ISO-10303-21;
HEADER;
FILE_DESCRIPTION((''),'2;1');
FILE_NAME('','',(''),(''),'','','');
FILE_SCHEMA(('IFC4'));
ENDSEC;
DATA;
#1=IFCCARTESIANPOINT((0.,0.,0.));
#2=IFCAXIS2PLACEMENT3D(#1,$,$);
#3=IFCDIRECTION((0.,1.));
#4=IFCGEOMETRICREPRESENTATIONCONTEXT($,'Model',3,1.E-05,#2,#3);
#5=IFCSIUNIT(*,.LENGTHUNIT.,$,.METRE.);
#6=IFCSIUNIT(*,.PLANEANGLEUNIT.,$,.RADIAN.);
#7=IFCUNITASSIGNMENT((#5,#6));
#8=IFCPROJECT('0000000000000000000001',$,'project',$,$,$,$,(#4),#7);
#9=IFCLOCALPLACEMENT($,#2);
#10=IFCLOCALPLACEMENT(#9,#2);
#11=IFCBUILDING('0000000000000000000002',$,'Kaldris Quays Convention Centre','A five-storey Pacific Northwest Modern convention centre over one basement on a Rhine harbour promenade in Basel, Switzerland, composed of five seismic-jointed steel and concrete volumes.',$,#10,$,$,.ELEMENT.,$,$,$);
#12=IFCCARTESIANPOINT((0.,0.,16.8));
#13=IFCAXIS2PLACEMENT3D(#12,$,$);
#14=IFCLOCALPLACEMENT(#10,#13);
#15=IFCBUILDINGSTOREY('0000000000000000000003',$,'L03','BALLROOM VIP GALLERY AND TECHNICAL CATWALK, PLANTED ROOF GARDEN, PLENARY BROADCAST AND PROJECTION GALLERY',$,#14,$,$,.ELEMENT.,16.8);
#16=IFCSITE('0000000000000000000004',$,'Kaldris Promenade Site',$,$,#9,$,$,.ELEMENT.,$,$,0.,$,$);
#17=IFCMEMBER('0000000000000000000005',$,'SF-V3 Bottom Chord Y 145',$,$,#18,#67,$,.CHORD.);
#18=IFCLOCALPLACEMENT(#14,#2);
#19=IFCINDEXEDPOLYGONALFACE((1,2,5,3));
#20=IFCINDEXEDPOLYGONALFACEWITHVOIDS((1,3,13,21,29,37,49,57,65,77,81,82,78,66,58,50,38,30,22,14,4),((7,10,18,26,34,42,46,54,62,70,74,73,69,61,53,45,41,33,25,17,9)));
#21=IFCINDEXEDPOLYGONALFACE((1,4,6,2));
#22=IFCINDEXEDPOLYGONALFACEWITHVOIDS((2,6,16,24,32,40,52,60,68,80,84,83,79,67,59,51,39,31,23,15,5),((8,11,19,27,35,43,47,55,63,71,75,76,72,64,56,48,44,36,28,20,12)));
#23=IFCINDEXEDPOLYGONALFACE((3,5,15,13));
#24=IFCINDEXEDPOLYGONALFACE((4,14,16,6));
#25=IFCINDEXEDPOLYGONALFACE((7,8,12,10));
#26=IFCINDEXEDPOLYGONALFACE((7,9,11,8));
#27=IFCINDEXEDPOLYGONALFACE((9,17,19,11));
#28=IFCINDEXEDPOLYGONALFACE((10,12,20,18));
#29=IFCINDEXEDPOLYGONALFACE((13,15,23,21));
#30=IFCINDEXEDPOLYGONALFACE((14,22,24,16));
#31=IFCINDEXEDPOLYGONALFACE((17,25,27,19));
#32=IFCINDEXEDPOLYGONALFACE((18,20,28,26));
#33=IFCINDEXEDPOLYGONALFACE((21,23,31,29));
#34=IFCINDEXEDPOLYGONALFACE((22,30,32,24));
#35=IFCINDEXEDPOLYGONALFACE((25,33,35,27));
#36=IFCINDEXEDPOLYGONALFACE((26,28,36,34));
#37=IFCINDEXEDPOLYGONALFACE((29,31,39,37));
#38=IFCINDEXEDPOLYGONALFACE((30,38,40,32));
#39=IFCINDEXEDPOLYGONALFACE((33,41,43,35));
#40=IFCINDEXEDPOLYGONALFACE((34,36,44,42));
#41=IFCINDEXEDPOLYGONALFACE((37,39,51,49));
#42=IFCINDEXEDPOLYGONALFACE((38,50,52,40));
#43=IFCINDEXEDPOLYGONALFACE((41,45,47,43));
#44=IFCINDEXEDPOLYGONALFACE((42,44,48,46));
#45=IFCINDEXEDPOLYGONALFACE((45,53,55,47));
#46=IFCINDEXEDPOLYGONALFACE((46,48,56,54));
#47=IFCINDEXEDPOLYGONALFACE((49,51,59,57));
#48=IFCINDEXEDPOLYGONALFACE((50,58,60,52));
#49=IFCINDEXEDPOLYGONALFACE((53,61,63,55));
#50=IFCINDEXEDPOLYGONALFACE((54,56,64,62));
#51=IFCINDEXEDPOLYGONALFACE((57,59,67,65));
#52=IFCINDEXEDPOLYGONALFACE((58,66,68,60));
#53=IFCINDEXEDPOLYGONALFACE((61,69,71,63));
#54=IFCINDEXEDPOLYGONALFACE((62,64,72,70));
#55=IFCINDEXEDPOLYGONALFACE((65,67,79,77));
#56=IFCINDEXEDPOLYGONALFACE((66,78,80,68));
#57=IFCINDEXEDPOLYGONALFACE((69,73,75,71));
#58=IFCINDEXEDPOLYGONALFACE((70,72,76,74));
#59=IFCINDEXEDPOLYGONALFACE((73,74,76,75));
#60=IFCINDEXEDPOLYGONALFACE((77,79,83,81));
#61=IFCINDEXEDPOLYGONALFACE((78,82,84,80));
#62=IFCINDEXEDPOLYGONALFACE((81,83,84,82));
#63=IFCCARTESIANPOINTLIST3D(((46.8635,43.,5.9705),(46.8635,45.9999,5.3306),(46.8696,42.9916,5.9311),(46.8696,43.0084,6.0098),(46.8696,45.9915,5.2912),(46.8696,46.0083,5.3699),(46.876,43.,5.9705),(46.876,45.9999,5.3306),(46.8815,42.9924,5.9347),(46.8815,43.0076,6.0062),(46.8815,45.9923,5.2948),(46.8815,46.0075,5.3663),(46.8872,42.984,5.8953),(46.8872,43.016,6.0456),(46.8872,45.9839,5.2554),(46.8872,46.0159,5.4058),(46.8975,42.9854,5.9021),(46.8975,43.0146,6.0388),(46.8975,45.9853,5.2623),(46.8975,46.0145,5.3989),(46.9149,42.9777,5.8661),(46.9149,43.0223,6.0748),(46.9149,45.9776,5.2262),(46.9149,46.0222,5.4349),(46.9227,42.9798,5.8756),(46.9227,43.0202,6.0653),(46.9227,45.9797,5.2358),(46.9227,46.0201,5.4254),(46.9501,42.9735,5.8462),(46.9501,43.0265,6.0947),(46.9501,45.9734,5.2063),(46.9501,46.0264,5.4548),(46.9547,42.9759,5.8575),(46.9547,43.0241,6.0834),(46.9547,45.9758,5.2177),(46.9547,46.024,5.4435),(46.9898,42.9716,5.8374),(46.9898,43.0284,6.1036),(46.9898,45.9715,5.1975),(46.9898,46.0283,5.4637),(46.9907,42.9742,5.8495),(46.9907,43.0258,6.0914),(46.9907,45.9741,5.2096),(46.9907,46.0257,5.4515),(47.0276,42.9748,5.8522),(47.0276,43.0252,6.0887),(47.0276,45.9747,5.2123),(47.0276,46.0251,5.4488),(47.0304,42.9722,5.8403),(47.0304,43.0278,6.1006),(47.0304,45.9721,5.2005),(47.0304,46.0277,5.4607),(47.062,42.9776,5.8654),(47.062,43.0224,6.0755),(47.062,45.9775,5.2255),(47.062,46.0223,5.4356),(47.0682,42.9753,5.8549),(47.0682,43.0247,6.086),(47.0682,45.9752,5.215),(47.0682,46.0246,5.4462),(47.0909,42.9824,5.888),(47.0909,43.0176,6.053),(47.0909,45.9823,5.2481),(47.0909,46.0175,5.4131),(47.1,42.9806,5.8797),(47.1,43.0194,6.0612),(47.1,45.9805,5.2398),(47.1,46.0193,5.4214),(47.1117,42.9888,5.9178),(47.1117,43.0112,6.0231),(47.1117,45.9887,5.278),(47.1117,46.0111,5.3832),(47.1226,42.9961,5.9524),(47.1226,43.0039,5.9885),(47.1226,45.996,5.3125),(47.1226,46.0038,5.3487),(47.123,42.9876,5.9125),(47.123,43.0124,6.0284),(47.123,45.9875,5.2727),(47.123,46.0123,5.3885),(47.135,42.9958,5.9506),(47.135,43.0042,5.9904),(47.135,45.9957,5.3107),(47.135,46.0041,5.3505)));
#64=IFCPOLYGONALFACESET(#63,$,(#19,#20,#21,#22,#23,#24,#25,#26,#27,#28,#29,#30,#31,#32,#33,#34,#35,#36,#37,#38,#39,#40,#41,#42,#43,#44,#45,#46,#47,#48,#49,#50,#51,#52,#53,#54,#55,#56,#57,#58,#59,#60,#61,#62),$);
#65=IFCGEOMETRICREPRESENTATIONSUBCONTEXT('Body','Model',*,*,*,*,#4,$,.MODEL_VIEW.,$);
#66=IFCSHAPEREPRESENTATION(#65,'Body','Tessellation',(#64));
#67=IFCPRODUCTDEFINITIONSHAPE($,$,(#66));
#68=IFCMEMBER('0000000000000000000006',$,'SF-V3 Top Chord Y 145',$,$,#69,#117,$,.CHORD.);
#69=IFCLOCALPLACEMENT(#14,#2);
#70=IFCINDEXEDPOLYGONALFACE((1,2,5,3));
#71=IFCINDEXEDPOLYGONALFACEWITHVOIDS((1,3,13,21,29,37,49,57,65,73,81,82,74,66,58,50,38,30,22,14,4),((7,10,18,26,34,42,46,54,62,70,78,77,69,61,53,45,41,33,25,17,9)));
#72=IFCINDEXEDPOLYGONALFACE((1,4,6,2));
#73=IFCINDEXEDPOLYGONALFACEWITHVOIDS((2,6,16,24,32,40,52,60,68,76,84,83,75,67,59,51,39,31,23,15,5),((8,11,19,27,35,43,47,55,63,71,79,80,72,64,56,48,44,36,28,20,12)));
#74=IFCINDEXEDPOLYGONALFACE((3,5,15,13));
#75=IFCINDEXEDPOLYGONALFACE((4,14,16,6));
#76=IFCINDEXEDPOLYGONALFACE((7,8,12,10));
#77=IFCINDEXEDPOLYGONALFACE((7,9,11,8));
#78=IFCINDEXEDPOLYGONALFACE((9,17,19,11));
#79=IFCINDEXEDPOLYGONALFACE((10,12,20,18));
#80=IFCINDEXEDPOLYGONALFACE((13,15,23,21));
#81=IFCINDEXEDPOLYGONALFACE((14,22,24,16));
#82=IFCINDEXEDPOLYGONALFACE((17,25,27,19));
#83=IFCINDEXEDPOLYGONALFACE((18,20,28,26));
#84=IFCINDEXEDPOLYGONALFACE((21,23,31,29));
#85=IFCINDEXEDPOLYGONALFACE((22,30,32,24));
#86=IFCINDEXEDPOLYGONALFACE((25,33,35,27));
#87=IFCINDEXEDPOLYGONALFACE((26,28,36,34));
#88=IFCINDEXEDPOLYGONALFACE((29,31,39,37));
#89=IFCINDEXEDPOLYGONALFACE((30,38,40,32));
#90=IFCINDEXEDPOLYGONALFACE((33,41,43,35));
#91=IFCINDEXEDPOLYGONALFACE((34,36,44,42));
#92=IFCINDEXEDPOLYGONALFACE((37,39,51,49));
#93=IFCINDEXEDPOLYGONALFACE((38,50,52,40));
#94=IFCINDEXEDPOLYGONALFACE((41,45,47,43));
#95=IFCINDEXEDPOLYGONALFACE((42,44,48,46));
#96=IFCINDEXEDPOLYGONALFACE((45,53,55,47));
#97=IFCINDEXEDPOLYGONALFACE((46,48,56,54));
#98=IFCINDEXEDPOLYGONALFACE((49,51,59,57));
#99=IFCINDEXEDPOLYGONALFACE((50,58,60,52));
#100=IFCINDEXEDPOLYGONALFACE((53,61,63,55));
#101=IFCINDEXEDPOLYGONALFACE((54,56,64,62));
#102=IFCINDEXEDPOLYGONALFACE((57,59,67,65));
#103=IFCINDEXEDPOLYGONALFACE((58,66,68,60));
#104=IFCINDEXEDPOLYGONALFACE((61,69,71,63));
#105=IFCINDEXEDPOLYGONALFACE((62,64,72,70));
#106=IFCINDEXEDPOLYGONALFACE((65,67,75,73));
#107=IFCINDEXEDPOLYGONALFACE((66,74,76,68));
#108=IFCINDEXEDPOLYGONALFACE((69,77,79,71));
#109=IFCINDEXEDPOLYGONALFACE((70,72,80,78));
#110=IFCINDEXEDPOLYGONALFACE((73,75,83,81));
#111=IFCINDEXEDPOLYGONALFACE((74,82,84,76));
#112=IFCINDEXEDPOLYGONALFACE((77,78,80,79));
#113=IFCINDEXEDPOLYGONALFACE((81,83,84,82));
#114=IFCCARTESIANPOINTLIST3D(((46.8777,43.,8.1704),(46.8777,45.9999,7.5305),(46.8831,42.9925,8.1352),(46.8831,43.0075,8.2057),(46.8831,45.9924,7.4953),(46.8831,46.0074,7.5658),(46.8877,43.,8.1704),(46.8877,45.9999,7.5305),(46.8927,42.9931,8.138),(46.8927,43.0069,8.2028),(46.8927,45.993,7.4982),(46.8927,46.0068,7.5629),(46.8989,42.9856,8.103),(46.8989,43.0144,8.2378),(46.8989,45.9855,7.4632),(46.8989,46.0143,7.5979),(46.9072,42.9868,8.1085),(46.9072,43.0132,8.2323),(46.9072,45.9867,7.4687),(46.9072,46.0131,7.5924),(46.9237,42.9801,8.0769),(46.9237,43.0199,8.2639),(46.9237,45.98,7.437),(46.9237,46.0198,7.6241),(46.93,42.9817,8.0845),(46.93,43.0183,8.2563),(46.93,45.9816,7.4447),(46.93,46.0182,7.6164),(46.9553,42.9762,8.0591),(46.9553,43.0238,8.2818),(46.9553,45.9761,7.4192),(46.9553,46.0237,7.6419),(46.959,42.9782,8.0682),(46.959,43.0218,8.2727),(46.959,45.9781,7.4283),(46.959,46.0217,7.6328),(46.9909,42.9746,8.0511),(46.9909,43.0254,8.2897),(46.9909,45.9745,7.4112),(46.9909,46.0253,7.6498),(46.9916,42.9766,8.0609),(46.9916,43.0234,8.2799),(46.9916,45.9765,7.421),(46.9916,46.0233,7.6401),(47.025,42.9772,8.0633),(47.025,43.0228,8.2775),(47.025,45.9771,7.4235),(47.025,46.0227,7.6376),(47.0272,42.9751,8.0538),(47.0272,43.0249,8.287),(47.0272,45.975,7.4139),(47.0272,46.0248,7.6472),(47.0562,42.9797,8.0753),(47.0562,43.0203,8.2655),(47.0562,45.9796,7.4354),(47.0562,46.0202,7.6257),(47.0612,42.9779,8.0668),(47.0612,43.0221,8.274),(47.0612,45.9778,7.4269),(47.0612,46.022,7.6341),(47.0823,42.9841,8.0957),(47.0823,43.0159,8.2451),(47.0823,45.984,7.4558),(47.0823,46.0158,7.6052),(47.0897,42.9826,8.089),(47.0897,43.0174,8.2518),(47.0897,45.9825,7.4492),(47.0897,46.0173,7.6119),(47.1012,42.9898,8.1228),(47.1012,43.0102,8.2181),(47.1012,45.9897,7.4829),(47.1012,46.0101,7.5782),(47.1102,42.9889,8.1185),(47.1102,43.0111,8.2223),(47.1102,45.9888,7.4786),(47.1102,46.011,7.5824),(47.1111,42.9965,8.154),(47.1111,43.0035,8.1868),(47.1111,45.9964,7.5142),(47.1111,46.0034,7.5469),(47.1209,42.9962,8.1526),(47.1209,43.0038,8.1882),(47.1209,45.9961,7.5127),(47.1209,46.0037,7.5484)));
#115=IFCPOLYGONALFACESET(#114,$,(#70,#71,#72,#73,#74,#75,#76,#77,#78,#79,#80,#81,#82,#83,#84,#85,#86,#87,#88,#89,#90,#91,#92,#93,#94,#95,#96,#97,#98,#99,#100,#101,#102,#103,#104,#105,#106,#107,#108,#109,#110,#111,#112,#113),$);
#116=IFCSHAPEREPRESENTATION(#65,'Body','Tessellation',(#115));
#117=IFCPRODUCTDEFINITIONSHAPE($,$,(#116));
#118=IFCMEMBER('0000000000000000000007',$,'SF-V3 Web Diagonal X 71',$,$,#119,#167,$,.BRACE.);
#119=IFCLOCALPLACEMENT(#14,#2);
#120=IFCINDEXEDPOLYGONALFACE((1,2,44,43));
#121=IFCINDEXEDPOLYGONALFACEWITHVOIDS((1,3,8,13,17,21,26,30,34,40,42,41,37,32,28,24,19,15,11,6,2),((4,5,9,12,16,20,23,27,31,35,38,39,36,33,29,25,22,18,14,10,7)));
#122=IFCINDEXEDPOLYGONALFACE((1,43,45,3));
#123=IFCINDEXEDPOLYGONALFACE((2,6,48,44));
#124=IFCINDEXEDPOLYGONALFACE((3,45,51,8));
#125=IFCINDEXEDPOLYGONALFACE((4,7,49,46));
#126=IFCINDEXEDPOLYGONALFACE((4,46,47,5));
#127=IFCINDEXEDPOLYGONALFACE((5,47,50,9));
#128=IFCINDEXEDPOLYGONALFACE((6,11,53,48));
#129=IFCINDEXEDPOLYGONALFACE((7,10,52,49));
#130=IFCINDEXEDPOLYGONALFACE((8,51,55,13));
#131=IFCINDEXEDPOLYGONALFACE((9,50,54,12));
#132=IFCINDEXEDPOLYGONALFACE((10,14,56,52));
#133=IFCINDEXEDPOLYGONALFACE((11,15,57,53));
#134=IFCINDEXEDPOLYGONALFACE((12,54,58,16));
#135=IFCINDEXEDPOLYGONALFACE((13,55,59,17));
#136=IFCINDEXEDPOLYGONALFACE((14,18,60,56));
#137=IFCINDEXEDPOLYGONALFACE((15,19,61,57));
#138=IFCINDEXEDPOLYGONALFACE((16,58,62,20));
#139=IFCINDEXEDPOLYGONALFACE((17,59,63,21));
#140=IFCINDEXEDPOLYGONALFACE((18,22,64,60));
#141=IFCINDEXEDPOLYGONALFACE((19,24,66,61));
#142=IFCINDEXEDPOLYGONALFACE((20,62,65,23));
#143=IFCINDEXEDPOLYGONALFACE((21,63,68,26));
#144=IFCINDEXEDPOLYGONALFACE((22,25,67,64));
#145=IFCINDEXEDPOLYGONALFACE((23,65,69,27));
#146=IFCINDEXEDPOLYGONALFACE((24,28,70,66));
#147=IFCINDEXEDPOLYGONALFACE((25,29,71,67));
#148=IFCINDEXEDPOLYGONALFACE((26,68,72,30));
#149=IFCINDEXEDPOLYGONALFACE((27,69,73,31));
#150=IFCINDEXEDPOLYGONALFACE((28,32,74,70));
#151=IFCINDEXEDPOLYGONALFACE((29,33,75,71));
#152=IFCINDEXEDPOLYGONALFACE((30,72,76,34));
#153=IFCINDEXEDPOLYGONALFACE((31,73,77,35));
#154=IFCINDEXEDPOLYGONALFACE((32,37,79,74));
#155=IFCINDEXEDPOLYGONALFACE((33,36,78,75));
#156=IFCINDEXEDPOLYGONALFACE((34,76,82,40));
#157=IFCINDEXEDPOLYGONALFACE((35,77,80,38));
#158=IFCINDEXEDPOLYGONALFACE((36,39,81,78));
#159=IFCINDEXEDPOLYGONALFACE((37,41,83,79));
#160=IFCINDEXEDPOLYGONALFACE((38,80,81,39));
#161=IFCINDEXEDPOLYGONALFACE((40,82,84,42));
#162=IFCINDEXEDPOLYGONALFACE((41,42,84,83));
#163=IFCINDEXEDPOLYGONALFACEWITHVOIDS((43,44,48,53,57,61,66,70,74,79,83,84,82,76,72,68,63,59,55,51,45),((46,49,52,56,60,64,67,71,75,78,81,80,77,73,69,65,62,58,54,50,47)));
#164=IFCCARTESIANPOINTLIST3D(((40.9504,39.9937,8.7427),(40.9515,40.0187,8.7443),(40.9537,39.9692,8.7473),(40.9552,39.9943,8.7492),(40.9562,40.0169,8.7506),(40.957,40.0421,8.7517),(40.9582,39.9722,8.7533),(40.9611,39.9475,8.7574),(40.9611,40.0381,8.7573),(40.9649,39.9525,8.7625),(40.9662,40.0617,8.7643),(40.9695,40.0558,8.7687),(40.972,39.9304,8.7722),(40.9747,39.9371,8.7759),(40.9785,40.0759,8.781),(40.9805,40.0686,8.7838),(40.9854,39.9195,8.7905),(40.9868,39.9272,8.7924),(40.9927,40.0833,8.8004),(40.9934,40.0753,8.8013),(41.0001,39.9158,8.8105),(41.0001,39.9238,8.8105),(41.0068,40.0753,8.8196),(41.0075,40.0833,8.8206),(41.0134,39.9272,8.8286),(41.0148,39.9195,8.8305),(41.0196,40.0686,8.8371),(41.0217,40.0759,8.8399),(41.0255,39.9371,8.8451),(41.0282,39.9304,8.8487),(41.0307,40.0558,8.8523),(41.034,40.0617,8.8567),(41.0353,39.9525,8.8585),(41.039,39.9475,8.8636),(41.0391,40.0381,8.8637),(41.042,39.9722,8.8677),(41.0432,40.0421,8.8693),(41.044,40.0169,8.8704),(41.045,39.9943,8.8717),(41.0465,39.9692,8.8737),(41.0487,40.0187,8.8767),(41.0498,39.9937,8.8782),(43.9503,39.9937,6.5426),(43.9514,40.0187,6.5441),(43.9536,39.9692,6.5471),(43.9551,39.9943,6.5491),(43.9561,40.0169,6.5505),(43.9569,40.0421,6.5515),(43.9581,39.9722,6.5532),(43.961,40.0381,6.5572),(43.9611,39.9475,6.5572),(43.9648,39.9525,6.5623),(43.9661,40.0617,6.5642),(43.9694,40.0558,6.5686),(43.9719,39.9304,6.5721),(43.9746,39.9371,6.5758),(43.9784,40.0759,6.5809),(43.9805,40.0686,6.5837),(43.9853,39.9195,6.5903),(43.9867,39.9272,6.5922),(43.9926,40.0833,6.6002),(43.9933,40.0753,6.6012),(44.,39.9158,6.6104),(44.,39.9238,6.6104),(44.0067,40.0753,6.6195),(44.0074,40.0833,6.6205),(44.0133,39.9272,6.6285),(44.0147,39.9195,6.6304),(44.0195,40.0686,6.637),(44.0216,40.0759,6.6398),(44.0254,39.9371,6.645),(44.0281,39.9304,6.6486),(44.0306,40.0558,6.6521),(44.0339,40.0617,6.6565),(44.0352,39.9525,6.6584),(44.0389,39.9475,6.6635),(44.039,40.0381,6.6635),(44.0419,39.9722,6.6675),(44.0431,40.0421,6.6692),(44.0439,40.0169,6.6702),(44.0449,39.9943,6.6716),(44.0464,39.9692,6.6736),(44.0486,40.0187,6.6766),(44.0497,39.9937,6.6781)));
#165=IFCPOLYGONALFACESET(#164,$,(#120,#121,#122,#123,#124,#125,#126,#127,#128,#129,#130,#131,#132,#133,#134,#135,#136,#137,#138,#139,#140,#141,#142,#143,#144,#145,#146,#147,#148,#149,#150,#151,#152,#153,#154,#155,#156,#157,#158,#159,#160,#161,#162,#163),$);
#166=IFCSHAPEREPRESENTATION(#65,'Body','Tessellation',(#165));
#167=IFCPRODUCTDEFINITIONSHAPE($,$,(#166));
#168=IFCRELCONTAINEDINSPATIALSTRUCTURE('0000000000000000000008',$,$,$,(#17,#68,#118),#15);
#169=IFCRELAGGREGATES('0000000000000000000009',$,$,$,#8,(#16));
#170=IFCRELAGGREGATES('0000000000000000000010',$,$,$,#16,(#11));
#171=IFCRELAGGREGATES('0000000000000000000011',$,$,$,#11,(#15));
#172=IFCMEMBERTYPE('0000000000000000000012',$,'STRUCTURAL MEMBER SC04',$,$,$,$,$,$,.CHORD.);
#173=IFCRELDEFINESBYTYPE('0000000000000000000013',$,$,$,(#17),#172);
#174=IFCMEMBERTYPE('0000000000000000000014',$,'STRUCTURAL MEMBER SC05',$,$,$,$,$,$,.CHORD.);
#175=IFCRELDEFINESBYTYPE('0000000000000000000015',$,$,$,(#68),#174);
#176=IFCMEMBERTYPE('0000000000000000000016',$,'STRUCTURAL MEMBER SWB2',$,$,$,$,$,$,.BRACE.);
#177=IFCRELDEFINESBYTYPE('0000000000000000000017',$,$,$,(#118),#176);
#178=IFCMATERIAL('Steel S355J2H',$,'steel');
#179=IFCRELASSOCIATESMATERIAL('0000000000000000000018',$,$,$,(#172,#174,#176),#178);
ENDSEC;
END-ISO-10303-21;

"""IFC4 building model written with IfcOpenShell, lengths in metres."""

from ifc_helpers import new_model, si_unit, direction, frame, origin, origin_2d, place, context, subcontext, project, spatial, hollow_circle, extrude, material, material_profile, profile_set, type_object, element, save


model = new_model("IFC4")

# Units and contexts
model_context = context("Model", 3, precision=1e-05, world=origin(), true_north=direction((0.0, 1.0)))
body_context = subcontext(model_context, "Body", "Model", "MODEL_VIEW")
ifc_project = project(units=[si_unit("LENGTHUNIT", "METRE"), si_unit("PLANEANGLEUNIT", "RADIAN")], contexts=[model_context])

# Site, building, storey
site_placement = place(None, origin())
site = spatial("IfcSite", under=ifc_project, at=site_placement, Name="Kaldris Promenade Site", CompositionType="ELEMENT", RefElevation=0.0)
building_placement = place(site_placement, origin())
building = spatial("IfcBuilding", under=site, at=building_placement, Name="Kaldris Quays Convention Centre", Description="A five-storey Pacific Northwest Modern convention centre over one basement on a Rhine harbour promenade in Basel, Switzerland, composed of five seismic-jointed steel and concrete volumes.", CompositionType="ELEMENT")
storey_placement = place(building_placement, frame((0.0, 0.0, 16.8)))
storey = spatial("IfcBuildingStorey", under=building, at=storey_placement, Name="L03", Description="BALLROOM VIP GALLERY AND TECHNICAL CATWALK, PLANTED ROOF GARDEN, PLENARY BROADCAST AND PROJECTION GALLERY", CompositionType="ELEMENT", Elevation=16.8)

# Members
ifc_material_1 = material(Name="Steel S355J2H", Category="steel")
ifc_material_profile_1 = material_profile(ifc_material_1, hollow_circle(Radius=0.1365, WallThickness=0.0125, at=origin_2d()), Name="CHS 273x12.5")
ifc_profile_set_1 = profile_set([ifc_material_profile_1], Name="Steel S355J2H")
member_type_1 = type_object("IfcMemberType", Name="STRUCTURAL MEMBER SC04", PredefinedType="CHORD", material=ifc_profile_set_1)
for number, where, z_axis, x_axis, name in (
    (1, (47.0, 43.0, 5.9705), (0.0, 0.978, -0.208605), (-1.0, 0.0, 0.0), "SF-V3 Bottom Chord Y 145"),
):
    element("IfcMember", number, at=place(storey_placement, frame(where, z_axis=z_axis, x_axis=x_axis)), inside=storey, type_object=member_type_1, Name=name, PredefinedType="CHORD", context=body_context, shape_type="SweptSolid", body=[
        extrude(hollow_circle(Radius=0.1365, WallThickness=0.0125, at=origin_2d()), origin(), (0.0, 0.0, 1.0), 3.0674),
    ])
ifc_material_profile_2 = material_profile(ifc_material_1, hollow_circle(Radius=0.1223, WallThickness=0.01, at=origin_2d()), Name="CHS 244.5x10")
ifc_profile_set_2 = profile_set([ifc_material_profile_2], Name="Steel S355J2H")
member_type_2 = type_object("IfcMemberType", Name="STRUCTURAL MEMBER SC05", PredefinedType="CHORD", material=ifc_profile_set_2)
member_1_placement = place(storey_placement, frame((47.0, 43.0, 8.1704), z_axis=(0.0, 0.978, -0.208605), x_axis=(-1.0, 0.0, 0.0)))
element("IfcMember", 2, at=member_1_placement, inside=storey, type_object=member_type_2, Name="SF-V3 Top Chord Y 145", PredefinedType="CHORD", context=body_context, shape_type="SweptSolid", body=[
    extrude(hollow_circle(Radius=0.1223, WallThickness=0.01, at=origin_2d()), origin(), (0.0, 0.0, 1.0), 3.0674),
])
ifc_material_profile_3 = material_profile(ifc_material_1, hollow_circle(Radius=0.0842, WallThickness=0.0081, at=origin_2d()), Name="CHS 168.3x8")
ifc_profile_set_3 = profile_set([ifc_material_profile_3], Name="Steel S355J2H")
member_type_3 = type_object("IfcMemberType", Name="STRUCTURAL MEMBER SWB2", PredefinedType="BRACE", material=ifc_profile_set_3)
for number, where, z_axis, x_axis, name in (
    (3, (44.0, 40.0, 6.6104), (-0.80638, 0.0, 0.591398), (0.0, -1.0, 0.0), "SF-V3 Web Diagonal X 71"),
):
    element("IfcMember", number, at=place(storey_placement, frame(where, z_axis=z_axis, x_axis=x_axis)), inside=storey, type_object=member_type_3, Name=name, PredefinedType="BRACE", context=body_context, shape_type="SweptSolid", body=[
        extrude(hollow_circle(Radius=0.0842, WallThickness=0.0081, at=origin_2d()), origin(), (0.0, 0.0, 1.0), 3.7202),
    ])

save(model, "model.ifc")
